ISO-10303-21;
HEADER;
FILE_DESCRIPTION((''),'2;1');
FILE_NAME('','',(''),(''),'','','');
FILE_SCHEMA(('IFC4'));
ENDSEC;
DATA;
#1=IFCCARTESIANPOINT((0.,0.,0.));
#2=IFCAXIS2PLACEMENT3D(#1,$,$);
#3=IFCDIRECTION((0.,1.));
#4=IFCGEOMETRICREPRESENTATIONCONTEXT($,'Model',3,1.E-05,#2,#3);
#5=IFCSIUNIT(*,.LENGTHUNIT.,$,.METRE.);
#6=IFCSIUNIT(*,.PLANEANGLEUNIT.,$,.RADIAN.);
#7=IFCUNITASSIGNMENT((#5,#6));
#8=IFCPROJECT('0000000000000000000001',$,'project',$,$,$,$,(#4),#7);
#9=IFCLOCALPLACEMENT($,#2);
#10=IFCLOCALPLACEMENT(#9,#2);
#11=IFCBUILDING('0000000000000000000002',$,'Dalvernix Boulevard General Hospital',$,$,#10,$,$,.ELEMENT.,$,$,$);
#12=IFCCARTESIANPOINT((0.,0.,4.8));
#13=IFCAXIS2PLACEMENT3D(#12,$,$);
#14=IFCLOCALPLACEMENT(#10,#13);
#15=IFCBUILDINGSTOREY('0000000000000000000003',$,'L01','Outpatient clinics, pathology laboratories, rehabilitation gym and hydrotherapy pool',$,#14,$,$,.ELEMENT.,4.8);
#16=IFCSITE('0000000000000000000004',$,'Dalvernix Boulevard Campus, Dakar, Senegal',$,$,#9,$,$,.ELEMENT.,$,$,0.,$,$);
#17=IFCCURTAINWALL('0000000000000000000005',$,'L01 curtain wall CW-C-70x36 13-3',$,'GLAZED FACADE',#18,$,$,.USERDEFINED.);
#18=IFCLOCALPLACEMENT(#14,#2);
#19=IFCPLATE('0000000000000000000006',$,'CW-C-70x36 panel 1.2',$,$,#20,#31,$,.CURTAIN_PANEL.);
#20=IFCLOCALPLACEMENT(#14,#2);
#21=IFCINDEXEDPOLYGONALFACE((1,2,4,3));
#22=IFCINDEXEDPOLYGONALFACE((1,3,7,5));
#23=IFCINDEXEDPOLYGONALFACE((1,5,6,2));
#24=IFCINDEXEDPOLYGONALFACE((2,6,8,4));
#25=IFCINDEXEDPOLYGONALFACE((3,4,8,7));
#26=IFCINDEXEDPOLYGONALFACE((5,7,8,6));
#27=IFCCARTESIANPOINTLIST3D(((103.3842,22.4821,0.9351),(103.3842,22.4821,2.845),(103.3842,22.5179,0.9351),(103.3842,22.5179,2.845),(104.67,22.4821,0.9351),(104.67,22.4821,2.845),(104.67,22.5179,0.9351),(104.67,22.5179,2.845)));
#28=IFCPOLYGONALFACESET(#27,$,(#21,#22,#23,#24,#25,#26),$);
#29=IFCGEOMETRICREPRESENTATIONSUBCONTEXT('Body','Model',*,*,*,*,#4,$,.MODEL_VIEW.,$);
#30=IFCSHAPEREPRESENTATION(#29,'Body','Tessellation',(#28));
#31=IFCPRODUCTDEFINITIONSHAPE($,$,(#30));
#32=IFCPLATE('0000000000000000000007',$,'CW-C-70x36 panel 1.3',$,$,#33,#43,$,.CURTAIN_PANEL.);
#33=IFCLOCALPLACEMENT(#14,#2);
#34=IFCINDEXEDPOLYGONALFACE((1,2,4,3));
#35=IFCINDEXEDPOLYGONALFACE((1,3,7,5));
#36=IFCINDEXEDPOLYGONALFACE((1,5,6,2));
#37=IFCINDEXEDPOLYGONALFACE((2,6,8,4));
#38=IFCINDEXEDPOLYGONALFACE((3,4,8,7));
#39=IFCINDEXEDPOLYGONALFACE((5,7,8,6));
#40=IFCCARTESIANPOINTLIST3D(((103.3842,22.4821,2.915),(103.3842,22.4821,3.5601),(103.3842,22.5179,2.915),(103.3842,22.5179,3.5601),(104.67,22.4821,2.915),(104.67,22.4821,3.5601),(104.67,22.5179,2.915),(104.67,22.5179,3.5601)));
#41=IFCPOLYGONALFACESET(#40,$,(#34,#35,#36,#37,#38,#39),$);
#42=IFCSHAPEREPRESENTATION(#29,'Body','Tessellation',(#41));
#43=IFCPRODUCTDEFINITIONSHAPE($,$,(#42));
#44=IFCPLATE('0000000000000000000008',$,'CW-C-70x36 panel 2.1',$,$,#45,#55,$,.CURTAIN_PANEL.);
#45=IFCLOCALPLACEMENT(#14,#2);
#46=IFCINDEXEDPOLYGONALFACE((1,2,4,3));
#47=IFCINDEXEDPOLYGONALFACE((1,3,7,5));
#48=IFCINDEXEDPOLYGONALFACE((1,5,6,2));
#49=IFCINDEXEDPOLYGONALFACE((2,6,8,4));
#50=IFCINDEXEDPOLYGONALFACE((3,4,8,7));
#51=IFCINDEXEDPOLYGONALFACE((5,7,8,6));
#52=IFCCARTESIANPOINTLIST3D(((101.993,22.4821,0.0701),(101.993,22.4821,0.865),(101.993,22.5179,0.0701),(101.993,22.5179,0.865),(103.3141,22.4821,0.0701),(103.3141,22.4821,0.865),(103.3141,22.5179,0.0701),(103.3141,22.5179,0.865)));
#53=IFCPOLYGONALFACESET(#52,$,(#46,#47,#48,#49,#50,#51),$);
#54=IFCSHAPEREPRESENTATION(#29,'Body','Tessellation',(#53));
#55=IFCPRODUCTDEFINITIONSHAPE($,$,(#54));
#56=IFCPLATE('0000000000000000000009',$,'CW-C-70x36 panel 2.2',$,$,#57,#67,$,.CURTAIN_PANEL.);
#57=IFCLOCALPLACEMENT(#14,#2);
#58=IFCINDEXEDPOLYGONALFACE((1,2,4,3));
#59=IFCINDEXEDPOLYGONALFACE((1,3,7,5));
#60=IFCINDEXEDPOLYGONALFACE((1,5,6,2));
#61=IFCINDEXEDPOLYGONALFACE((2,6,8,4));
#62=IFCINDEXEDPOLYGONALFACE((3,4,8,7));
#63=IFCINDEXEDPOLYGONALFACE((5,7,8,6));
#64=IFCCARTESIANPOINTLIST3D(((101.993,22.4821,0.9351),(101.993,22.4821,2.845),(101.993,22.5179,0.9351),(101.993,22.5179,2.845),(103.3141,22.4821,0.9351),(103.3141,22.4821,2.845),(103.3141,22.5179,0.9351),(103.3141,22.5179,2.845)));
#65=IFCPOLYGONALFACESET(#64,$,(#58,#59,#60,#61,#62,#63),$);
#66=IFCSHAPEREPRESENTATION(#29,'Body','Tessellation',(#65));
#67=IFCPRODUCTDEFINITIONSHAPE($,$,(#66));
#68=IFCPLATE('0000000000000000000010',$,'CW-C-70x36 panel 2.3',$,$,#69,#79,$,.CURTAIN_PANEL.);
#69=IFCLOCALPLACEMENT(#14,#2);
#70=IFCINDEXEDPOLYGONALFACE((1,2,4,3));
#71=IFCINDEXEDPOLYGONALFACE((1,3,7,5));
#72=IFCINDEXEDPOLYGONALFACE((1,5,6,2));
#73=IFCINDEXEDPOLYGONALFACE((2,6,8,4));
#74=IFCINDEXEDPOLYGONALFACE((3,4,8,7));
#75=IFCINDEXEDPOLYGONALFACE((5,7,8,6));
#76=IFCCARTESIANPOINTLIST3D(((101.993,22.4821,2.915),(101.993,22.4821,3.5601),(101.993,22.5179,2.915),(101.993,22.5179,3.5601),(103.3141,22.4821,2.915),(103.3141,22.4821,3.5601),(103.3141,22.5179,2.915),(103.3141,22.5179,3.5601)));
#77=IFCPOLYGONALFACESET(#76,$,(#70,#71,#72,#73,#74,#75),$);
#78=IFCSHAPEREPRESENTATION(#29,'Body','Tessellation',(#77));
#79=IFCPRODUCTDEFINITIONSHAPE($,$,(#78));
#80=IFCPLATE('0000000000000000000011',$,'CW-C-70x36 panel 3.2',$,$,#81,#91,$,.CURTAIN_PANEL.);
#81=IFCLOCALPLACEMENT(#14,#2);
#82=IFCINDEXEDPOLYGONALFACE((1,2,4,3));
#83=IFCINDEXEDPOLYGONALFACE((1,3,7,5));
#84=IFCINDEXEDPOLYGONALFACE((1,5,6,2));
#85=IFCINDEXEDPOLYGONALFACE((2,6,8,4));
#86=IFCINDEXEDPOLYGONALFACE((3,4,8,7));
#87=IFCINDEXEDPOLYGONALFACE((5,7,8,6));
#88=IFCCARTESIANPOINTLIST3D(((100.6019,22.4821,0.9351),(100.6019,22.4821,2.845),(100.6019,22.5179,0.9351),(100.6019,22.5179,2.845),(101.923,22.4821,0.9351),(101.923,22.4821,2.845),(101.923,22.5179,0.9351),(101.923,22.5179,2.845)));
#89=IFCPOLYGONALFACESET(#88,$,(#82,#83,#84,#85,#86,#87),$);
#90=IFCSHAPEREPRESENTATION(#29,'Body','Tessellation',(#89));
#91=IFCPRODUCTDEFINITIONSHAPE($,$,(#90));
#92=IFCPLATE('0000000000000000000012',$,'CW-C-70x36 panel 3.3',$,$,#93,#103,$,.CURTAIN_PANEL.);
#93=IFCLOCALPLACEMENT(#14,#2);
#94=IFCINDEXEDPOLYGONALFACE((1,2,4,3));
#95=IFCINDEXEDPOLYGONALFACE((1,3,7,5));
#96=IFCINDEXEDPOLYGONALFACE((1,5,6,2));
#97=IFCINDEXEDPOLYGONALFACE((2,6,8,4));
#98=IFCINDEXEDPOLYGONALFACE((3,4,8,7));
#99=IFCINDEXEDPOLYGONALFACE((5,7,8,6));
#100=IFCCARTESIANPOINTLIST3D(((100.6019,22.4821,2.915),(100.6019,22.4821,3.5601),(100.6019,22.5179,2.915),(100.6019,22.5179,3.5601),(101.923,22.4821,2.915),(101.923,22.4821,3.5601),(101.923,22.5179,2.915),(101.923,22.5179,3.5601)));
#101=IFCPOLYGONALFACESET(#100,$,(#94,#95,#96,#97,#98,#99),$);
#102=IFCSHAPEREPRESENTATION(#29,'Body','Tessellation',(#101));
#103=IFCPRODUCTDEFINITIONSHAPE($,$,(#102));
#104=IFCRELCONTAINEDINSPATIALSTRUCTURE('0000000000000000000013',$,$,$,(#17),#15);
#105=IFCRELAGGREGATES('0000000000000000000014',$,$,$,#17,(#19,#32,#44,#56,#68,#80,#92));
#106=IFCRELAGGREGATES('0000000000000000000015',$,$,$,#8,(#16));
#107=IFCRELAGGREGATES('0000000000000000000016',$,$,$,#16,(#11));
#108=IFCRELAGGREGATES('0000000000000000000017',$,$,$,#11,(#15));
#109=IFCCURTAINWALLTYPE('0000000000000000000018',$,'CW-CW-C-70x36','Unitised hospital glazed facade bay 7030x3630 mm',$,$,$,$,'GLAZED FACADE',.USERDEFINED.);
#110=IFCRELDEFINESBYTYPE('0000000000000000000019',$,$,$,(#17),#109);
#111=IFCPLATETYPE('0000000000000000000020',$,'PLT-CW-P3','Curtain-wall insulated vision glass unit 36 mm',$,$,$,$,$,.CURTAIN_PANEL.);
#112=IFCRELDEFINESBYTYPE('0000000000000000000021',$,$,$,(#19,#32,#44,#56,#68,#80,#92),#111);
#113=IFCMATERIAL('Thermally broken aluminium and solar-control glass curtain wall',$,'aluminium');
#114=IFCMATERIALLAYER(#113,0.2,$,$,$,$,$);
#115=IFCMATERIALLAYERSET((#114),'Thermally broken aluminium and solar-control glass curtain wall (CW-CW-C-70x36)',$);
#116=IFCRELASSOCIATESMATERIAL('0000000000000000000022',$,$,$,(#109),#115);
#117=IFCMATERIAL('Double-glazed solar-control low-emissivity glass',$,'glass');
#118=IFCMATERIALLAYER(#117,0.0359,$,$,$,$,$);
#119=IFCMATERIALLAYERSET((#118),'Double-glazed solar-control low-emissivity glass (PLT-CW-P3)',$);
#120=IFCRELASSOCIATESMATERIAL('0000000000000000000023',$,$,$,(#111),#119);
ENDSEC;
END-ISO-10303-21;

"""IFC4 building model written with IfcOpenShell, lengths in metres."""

from ifc_helpers import new_model, si_unit, direction, frame, origin, origin_2d, place, context, subcontext, project, spatial, rectangle, extrude, material, layer, layer_set, type_object, element, aggregate, save


model = new_model("IFC4")

# Units and contexts
model_context = context("Model", 3, precision=1e-05, world=origin(), true_north=direction((0.0, 1.0)))
body_context = subcontext(model_context, "Body", "Model", "MODEL_VIEW")
ifc_project = project(units=[si_unit("LENGTHUNIT", "METRE"), si_unit("PLANEANGLEUNIT", "RADIAN")], contexts=[model_context])

# Site, building, storey
site_placement = place(None, origin())
site = spatial("IfcSite", under=ifc_project, at=site_placement, Name="Dalvernix Boulevard Campus, Dakar, Senegal", CompositionType="ELEMENT", RefElevation=0.0)
building_placement = place(site_placement, origin())
building = spatial("IfcBuilding", under=site, at=building_placement, Name="Dalvernix Boulevard General Hospital", CompositionType="ELEMENT")
storey_placement = place(building_placement, frame((0.0, 0.0, 4.8)))
storey = spatial("IfcBuildingStorey", under=building, at=storey_placement, Name="L01", Description="Outpatient clinics, pathology laboratories, rehabilitation gym and hydrotherapy pool", CompositionType="ELEMENT", Elevation=4.8)

# Curtain wall, plates
ifc_material_1 = material(Name="Thermally broken aluminium and solar-control glass curtain wall", Category="aluminium")
ifc_layer_1 = layer(ifc_material_1, 0.2)
ifc_layer_set_1 = layer_set([ifc_layer_1], Name="Thermally broken aluminium and solar-control glass curtain wall (CW-CW-C-70x36)")
curtain_wall_type = type_object("IfcCurtainWallType", Name="CW-CW-C-70x36", Description="Unitised hospital glazed facade bay 7030x3630 mm", ElementType="GLAZED FACADE", PredefinedType="USERDEFINED", material=ifc_layer_set_1)
curtain_wall_placement = place(storey_placement, origin())
curtain_wall = element("IfcCurtainWall", 1, at=curtain_wall_placement, inside=storey, type_object=curtain_wall_type, Name="L01 curtain wall CW-C-70x36 13-3", ObjectType="GLAZED FACADE", PredefinedType="USERDEFINED")
ifc_material_2 = material(Name="Double-glazed solar-control low-emissivity glass", Category="glass")
ifc_layer_2 = layer(ifc_material_2, 0.0359)
ifc_layer_set_2 = layer_set([ifc_layer_2], Name="Double-glazed solar-control low-emissivity glass (PLT-CW-P3)")
plate_type = type_object("IfcPlateType", Name="PLT-CW-P3", Description="Curtain-wall insulated vision glass unit 36 mm", PredefinedType="CURTAIN_PANEL", material=ifc_layer_set_2)
plate_1_placement = place(storey_placement, frame((104.0271, 22.5, 0.9351), z_axis=(0.0, 0.0, 1.0), x_axis=(-1.0, 0.0, 0.0)))
plate_1 = element("IfcPlate", 2, at=plate_1_placement, type_object=plate_type, Name="CW-C-70x36 panel 1.2", PredefinedType="CURTAIN_PANEL", context=body_context, shape_type="SweptSolid", body=[
    extrude(rectangle(XDim=1.2859, YDim=0.0359, at=origin_2d()), origin(), (0.0, 0.0, 1.0), 1.9099),
])
plate_2_placement = place(storey_placement, frame((104.0271, 22.5, 2.915), z_axis=(0.0, 0.0, 1.0), x_axis=(-1.0, 0.0, 0.0)))
plate_2 = element("IfcPlate", 3, at=plate_2_placement, type_object=plate_type, Name="CW-C-70x36 panel 1.3", PredefinedType="CURTAIN_PANEL", context=body_context, shape_type="SweptSolid", body=[
    extrude(rectangle(XDim=1.2859, YDim=0.0359, at=origin_2d()), origin(), (0.0, 0.0, 1.0), 0.645),
])
plate_3_placement = place(storey_placement, frame((102.6536, 22.5, 0.0701), z_axis=(0.0, 0.0, 1.0), x_axis=(-1.0, 0.0, 0.0)))
plate_3 = element("IfcPlate", 4, at=plate_3_placement, type_object=plate_type, Name="CW-C-70x36 panel 2.1", PredefinedType="CURTAIN_PANEL", context=body_context, shape_type="SweptSolid", body=[
    extrude(rectangle(XDim=1.321, YDim=0.0359, at=origin_2d()), origin(), (0.0, 0.0, 1.0), 0.7949),
])
plate_4_placement = place(storey_placement, frame((102.6536, 22.5, 0.9351), z_axis=(0.0, 0.0, 1.0), x_axis=(-1.0, 0.0, 0.0)))
plate_4 = element("IfcPlate", 5, at=plate_4_placement, type_object=plate_type, Name="CW-C-70x36 panel 2.2", PredefinedType="CURTAIN_PANEL", context=body_context, shape_type="SweptSolid", body=[
    extrude(rectangle(XDim=1.321, YDim=0.0359, at=origin_2d()), origin(), (0.0, 0.0, 1.0), 1.9099),
])
plate_5_placement = place(storey_placement, frame((102.6536, 22.5, 2.915), z_axis=(0.0, 0.0, 1.0), x_axis=(-1.0, 0.0, 0.0)))
plate_5 = element("IfcPlate", 6, at=plate_5_placement, type_object=plate_type, Name="CW-C-70x36 panel 2.3", PredefinedType="CURTAIN_PANEL", context=body_context, shape_type="SweptSolid", body=[
    extrude(rectangle(XDim=1.321, YDim=0.0359, at=origin_2d()), origin(), (0.0, 0.0, 1.0), 0.645),
])
plate_6_placement = place(storey_placement, frame((101.2625, 22.5, 0.9351), z_axis=(0.0, 0.0, 1.0), x_axis=(-1.0, 0.0, 0.0)))
plate_6 = element("IfcPlate", 7, at=plate_6_placement, type_object=plate_type, Name="CW-C-70x36 panel 3.2", PredefinedType="CURTAIN_PANEL", context=body_context, shape_type="SweptSolid", body=[
    extrude(rectangle(XDim=1.321, YDim=0.0359, at=origin_2d()), origin(), (0.0, 0.0, 1.0), 1.9099),
])
plate_7_placement = place(storey_placement, frame((101.2625, 22.5, 2.915), z_axis=(0.0, 0.0, 1.0), x_axis=(-1.0, 0.0, 0.0)))
plate_7 = element("IfcPlate", 8, at=plate_7_placement, type_object=plate_type, Name="CW-C-70x36 panel 3.3", PredefinedType="CURTAIN_PANEL", context=body_context, shape_type="SweptSolid", body=[
    extrude(rectangle(XDim=1.321, YDim=0.0359, at=origin_2d()), origin(), (0.0, 0.0, 1.0), 0.645),
])
aggregate(curtain_wall, [plate_1, plate_2, plate_3, plate_4, plate_5, plate_6, plate_7])

save(model, "model.ifc")
